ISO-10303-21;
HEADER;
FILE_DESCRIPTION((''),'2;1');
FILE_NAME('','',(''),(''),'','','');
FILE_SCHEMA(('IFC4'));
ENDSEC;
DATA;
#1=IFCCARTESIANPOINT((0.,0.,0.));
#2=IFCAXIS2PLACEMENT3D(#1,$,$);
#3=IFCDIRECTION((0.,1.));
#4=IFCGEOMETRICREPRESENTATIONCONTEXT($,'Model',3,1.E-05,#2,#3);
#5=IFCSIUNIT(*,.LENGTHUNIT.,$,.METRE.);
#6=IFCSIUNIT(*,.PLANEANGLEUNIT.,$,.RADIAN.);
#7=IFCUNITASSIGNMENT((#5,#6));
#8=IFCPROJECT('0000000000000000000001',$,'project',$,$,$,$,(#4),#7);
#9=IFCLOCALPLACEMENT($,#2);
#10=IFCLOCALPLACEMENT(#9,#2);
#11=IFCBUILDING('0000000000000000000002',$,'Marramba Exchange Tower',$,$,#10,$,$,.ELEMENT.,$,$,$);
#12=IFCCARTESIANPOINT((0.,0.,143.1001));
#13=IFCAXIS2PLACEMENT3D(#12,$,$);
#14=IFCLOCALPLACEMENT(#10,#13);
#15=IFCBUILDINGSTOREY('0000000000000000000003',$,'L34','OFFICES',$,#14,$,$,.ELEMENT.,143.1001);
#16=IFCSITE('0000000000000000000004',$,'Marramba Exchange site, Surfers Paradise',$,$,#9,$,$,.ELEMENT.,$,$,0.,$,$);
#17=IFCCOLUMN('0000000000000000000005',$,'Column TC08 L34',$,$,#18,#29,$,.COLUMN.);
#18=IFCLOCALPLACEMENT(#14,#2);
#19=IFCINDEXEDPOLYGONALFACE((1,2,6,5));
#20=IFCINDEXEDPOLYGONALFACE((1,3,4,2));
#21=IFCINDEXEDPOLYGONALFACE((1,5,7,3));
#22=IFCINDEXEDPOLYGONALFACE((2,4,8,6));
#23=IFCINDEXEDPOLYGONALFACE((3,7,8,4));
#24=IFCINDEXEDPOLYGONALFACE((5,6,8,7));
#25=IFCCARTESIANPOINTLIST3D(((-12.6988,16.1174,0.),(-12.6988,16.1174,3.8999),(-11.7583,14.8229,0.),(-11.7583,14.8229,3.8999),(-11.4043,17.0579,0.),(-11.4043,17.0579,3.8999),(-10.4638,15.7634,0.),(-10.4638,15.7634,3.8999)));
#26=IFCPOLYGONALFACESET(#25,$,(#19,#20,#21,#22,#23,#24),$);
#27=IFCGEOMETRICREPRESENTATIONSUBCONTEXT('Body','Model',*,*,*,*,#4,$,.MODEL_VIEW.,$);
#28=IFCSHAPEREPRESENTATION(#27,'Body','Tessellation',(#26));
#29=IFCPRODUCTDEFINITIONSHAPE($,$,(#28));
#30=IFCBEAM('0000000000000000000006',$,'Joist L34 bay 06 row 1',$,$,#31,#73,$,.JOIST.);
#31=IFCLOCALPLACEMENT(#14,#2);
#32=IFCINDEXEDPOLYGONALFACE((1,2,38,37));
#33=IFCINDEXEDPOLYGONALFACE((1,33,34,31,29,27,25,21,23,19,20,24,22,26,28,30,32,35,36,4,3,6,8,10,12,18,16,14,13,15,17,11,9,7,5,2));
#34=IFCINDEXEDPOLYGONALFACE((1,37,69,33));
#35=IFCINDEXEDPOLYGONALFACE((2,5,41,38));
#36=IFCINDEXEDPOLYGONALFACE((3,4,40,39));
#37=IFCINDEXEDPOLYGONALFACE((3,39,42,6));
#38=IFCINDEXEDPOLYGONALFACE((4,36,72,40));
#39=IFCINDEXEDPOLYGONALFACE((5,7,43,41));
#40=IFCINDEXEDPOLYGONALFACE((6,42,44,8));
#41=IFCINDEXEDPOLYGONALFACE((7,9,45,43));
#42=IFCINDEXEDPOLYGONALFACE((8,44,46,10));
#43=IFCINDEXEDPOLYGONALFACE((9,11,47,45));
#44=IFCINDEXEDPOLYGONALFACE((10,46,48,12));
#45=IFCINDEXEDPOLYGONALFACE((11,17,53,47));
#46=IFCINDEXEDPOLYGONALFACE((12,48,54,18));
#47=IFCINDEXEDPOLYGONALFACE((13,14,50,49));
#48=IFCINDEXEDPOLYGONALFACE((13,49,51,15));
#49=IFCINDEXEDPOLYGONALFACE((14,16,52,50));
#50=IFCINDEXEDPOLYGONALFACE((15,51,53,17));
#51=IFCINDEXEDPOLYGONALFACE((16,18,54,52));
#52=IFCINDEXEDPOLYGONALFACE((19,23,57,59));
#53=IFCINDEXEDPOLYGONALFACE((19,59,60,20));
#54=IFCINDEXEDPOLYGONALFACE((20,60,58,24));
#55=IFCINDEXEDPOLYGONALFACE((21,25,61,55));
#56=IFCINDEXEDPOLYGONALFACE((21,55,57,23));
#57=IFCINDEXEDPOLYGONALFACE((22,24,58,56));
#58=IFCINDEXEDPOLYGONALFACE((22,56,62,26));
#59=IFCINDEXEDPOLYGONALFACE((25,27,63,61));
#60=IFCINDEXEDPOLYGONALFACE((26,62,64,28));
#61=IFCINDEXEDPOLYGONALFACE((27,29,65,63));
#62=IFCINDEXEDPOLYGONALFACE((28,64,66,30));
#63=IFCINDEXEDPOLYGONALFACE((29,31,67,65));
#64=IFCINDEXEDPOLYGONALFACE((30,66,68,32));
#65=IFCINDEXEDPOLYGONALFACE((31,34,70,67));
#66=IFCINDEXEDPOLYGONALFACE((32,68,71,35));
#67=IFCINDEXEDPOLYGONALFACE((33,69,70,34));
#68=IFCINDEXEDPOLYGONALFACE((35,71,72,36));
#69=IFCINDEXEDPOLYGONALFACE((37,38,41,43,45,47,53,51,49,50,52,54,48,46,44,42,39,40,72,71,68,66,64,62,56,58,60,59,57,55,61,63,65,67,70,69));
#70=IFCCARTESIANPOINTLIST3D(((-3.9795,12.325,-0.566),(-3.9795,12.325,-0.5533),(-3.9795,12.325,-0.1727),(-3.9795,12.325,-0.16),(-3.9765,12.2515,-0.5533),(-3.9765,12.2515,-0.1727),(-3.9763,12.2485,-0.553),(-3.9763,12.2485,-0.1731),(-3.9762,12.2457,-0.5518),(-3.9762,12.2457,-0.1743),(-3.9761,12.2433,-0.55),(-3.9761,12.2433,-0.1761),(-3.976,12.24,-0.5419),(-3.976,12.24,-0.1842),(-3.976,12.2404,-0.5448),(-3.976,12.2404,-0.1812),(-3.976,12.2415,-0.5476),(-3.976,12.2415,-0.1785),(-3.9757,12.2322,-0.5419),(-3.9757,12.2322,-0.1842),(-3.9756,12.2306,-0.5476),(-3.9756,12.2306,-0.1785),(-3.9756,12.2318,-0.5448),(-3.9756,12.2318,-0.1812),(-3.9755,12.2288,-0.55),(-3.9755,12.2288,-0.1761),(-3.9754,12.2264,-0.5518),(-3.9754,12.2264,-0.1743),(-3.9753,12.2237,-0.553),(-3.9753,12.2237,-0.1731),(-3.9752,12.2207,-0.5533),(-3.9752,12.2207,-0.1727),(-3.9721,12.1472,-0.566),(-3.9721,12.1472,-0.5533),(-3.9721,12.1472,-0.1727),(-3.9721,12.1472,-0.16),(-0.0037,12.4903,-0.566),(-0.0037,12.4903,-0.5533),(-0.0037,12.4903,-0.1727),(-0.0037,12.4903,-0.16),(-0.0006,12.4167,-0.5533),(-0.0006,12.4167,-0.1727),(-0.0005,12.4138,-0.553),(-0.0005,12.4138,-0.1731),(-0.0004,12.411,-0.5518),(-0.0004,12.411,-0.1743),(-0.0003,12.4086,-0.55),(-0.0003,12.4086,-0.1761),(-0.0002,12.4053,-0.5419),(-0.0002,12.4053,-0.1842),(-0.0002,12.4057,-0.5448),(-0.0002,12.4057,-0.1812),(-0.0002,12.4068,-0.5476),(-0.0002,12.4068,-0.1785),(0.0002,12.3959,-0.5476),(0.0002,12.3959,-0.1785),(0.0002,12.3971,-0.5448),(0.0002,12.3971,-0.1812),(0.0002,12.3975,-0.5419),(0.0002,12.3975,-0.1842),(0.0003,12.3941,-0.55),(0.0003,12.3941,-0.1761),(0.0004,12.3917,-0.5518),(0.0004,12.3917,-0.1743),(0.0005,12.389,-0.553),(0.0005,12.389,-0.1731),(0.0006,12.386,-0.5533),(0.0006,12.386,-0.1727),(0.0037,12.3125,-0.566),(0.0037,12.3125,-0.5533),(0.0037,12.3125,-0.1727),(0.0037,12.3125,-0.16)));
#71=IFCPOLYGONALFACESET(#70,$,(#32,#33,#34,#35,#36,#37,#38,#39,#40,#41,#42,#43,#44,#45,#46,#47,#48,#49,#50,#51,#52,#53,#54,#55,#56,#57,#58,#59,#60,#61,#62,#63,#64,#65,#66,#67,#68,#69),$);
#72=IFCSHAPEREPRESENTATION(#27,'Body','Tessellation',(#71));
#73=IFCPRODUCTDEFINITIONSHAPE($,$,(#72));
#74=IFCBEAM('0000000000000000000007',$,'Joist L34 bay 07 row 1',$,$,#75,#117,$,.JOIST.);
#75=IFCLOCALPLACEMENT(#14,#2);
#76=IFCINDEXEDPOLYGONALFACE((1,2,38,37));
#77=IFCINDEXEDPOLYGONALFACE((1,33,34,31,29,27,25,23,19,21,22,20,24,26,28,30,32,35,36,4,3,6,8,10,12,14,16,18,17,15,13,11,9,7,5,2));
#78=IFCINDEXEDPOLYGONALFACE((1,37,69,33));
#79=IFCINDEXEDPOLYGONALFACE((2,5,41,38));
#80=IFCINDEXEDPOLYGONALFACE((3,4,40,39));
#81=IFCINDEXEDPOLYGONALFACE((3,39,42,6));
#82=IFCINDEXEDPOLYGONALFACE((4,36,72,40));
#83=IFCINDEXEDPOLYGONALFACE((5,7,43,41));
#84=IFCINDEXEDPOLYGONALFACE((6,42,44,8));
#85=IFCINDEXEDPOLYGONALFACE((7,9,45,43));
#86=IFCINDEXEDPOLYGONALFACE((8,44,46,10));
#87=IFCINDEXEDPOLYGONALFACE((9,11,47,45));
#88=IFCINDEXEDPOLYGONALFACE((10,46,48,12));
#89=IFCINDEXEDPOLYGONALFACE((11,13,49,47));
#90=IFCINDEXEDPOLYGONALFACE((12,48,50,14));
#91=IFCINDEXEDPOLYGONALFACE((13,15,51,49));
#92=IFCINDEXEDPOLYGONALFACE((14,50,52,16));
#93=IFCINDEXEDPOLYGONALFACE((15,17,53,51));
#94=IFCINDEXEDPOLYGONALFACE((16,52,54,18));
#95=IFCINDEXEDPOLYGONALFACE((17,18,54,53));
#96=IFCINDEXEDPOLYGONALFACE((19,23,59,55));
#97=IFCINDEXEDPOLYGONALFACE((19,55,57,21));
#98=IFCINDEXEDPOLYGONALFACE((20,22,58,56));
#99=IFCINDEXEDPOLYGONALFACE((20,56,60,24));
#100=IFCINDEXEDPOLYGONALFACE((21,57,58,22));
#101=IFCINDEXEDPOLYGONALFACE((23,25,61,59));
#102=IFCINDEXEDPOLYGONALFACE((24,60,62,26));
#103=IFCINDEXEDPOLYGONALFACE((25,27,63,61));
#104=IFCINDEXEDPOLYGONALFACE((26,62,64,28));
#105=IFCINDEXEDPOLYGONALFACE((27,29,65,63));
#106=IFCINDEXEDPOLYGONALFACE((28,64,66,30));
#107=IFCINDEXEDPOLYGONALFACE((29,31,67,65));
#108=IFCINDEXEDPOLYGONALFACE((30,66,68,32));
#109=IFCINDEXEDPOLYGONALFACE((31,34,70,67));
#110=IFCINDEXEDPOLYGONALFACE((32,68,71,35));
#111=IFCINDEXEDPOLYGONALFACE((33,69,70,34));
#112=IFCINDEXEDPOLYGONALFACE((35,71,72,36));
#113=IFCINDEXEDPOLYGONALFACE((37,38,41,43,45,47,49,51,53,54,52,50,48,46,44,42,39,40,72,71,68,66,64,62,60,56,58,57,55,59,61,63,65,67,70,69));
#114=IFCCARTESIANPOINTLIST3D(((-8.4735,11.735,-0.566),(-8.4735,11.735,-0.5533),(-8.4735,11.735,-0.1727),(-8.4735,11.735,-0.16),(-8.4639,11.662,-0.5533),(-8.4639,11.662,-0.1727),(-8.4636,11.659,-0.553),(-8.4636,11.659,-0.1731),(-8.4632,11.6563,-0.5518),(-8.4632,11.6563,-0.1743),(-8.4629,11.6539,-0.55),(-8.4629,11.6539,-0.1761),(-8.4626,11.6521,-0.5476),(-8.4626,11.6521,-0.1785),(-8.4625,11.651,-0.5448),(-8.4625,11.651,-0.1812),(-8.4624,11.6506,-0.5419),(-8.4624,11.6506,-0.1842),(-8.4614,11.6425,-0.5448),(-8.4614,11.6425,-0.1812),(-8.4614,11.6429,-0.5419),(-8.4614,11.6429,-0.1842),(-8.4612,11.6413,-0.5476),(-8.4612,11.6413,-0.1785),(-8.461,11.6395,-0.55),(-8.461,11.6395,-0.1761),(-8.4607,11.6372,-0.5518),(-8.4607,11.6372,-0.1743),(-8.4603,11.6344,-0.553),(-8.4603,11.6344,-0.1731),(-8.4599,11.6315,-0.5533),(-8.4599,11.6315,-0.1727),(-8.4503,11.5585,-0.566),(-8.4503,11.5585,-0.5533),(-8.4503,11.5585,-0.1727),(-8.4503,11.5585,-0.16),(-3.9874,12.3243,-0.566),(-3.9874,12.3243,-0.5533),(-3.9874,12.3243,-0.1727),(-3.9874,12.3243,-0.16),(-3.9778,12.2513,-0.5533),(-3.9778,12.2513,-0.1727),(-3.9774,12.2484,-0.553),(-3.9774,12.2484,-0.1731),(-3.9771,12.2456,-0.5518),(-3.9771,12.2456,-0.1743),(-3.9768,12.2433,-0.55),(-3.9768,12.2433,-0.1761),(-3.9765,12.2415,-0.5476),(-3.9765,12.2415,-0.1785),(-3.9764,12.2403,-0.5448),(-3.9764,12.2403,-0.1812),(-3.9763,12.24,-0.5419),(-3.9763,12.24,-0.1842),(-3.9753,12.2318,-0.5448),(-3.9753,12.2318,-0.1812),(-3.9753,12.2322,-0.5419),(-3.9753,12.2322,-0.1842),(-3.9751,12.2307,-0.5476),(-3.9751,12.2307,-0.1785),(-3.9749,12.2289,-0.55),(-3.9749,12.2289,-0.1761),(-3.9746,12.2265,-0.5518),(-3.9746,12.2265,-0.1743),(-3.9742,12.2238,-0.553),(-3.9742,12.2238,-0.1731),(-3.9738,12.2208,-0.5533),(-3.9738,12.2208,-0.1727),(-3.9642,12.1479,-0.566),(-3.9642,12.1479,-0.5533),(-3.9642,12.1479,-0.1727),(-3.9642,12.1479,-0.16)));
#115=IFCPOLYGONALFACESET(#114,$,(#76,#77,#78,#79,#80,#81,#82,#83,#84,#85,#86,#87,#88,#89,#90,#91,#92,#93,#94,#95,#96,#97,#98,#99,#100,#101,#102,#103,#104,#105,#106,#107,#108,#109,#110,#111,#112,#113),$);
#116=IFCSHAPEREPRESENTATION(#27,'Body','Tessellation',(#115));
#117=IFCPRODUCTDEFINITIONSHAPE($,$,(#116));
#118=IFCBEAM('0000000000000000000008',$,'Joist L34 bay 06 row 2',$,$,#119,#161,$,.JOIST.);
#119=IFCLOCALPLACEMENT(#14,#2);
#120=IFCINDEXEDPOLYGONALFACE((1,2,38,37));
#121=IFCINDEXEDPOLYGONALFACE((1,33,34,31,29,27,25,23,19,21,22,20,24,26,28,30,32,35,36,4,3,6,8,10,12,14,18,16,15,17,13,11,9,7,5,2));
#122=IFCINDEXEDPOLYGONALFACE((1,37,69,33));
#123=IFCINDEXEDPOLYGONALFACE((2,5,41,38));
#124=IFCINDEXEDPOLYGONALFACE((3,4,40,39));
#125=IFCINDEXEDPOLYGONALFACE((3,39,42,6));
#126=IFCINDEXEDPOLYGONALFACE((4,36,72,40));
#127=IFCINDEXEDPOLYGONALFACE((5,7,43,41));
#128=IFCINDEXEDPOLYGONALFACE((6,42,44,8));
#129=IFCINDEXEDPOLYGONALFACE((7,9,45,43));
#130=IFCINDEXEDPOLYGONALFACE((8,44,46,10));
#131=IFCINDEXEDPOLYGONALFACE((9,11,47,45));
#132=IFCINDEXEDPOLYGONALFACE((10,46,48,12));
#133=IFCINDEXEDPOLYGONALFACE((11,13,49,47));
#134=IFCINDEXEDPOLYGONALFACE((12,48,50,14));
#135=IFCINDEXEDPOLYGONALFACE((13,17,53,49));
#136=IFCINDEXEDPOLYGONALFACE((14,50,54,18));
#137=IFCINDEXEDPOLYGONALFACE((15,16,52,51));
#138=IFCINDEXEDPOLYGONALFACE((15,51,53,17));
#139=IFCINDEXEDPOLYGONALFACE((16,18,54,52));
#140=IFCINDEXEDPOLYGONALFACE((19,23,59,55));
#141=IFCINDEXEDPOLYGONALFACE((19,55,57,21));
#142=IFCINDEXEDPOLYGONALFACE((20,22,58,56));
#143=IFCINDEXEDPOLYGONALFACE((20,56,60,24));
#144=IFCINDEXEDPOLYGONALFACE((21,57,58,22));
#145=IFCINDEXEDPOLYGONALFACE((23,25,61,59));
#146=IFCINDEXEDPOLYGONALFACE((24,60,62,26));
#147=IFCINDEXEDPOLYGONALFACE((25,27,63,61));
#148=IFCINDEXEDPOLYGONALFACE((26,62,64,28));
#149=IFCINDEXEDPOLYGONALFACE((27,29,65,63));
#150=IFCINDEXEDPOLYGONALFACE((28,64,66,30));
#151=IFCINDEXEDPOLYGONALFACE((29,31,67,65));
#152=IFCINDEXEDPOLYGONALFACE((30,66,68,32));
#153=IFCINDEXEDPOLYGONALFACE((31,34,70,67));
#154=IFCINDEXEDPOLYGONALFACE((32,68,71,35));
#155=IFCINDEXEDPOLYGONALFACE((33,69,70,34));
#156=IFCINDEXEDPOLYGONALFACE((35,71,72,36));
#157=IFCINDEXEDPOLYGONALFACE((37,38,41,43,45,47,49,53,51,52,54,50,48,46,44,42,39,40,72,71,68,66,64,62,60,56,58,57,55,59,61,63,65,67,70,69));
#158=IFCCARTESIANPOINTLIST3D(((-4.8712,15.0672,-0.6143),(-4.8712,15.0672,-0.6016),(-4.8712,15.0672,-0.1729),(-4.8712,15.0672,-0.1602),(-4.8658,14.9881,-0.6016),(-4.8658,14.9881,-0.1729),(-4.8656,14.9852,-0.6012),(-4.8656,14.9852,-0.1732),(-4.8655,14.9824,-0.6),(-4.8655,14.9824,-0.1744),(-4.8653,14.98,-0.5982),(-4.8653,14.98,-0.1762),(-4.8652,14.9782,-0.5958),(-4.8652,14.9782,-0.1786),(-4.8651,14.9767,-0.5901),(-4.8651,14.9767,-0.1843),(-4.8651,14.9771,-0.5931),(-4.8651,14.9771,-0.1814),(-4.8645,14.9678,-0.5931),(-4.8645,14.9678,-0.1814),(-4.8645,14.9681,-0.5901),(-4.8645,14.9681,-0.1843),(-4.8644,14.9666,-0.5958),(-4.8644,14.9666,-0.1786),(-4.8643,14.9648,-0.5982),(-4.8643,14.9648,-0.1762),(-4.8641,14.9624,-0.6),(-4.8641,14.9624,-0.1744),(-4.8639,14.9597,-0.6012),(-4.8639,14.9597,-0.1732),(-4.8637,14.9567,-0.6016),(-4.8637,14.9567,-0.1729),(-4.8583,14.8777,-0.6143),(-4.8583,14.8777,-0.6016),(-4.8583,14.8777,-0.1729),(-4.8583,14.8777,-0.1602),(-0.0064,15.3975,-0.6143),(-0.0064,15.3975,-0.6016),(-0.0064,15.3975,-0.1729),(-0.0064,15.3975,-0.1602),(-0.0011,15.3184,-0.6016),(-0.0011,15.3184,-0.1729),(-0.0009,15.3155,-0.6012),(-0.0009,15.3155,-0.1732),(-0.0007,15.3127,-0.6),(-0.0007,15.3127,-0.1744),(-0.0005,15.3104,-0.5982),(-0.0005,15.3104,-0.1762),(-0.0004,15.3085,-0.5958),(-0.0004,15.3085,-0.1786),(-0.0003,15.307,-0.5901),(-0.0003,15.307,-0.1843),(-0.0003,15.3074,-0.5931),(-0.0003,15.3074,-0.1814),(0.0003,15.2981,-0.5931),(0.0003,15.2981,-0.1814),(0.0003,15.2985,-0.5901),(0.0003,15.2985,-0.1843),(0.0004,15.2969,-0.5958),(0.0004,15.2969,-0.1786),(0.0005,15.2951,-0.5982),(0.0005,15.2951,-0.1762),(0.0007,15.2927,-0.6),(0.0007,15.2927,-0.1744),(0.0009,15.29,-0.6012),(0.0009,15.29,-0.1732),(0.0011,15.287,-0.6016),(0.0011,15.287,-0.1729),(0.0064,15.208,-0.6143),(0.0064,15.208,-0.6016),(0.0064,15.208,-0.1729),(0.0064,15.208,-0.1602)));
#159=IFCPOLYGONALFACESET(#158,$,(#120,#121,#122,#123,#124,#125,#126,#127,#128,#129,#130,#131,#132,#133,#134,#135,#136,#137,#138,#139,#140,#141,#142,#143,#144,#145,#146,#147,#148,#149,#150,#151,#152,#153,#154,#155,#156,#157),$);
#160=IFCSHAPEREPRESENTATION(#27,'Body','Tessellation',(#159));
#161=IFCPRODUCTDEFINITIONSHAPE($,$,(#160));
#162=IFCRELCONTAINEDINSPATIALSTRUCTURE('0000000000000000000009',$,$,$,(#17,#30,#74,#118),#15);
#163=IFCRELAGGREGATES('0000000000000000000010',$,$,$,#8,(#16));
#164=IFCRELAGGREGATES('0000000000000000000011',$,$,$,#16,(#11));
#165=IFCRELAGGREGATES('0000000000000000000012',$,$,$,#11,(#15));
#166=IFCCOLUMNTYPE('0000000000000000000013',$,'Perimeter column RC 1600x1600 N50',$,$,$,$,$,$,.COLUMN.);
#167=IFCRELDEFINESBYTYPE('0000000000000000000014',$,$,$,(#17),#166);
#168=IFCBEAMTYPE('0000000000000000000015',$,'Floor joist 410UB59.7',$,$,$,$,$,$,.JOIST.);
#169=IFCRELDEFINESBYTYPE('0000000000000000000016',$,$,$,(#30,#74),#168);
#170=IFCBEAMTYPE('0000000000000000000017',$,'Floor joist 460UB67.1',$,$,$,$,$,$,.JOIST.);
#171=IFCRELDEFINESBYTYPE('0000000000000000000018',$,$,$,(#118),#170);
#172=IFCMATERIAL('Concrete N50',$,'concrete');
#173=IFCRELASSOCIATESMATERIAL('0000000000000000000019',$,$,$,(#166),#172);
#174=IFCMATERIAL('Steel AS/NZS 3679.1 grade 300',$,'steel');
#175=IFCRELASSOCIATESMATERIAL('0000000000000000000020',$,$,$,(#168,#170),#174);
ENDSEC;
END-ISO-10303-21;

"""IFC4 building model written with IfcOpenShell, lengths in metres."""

from ifc_helpers import new_model, si_unit, direction, frame, origin, origin_2d, place, context, subcontext, project, spatial, rectangle, i_section, extrude, material, material_profile, profile_set, type_object, element, save


model = new_model("IFC4")

# Units and contexts
model_context = context("Model", 3, precision=1e-05, world=origin(), true_north=direction((0.0, 1.0)))
body_context = subcontext(model_context, "Body", "Model", "MODEL_VIEW")
ifc_project = project(units=[si_unit("LENGTHUNIT", "METRE"), si_unit("PLANEANGLEUNIT", "RADIAN")], contexts=[model_context])

# Site, building, storey
site_placement = place(None, origin())
site = spatial("IfcSite", under=ifc_project, at=site_placement, Name="Marramba Exchange site, Surfers Paradise", CompositionType="ELEMENT", RefElevation=0.0)
building_placement = place(site_placement, origin())
building = spatial("IfcBuilding", under=site, at=building_placement, Name="Marramba Exchange Tower", CompositionType="ELEMENT")
storey_placement = place(building_placement, frame((0.0, 0.0, 143.1001)))
storey = spatial("IfcBuildingStorey", under=building, at=storey_placement, Name="L34", Description="OFFICES", CompositionType="ELEMENT", Elevation=143.1001)

# Column
ifc_material_1 = material(Name="Concrete N50", Category="concrete")
ifc_material_profile_1 = material_profile(ifc_material_1, rectangle(XDim=1.6001, YDim=1.6001, at=origin_2d()), Name="RC 1600x1600")
ifc_profile_set_1 = profile_set([ifc_material_profile_1], Name="Concrete N50")
column_type = type_object("IfcColumnType", Name="Perimeter column RC 1600x1600 N50", PredefinedType="COLUMN", material=ifc_profile_set_1)
column_placement = place(storey_placement, frame((-11.5813, 15.9404, 0.0), z_axis=(0.0, 0.0, 1.0), x_axis=(-0.587785, 0.809017, 0.0)))
element("IfcColumn", 1, at=column_placement, inside=storey, type_object=column_type, Name="Column TC08 L34", PredefinedType="COLUMN", context=body_context, shape_type="SweptSolid", body=[
    extrude(rectangle(XDim=1.6001, YDim=1.6001, at=origin_2d()), origin(), (0.0, 0.0, 1.0), 3.8999),
])

# Beams
ifc_material_2 = material(Name="Steel AS/NZS 3679.1 grade 300", Category="steel")
ifc_material_profile_2 = material_profile(ifc_material_2, i_section(OverallWidth=0.178, OverallDepth=0.406, WebThickness=0.0078, FlangeThickness=0.0127, FilletRadius=0.0115, at=origin_2d()), Name="410UB59.7")
ifc_profile_set_2 = profile_set([ifc_material_profile_2], Name="Steel AS/NZS 3679.1 grade 300")
beam_type_1 = type_object("IfcBeamType", Name="Floor joist 410UB59.7", PredefinedType="JOIST", material=ifc_profile_set_2)
beam_1_placement = place(storey_placement, frame((0.0, 12.4014, -0.363), z_axis=(-0.999137, -0.041536, 0.0), x_axis=(0.041536, -0.999137, 0.0)))
element("IfcBeam", 2, at=beam_1_placement, inside=storey, type_object=beam_type_1, Name="Joist L34 bay 06 row 1", PredefinedType="JOIST", context=body_context, shape_type="SweptSolid", body=[
    extrude(i_section(OverallWidth=0.178, OverallDepth=0.406, WebThickness=0.0078, FlangeThickness=0.0127, FilletRadius=0.0115, at=origin_2d()), origin(), (0.0, 0.0, 1.0), 3.9792),
])
beam_2_placement = place(storey_placement, frame((-3.9758, 12.2361, -0.363), z_axis=(-0.991481, -0.130255, 0.0), x_axis=(0.130255, -0.991481, 0.0)))
element("IfcBeam", 3, at=beam_2_placement, inside=storey, type_object=beam_type_1, Name="Joist L34 bay 07 row 1", PredefinedType="JOIST", context=body_context, shape_type="SweptSolid", body=[
    extrude(i_section(OverallWidth=0.178, OverallDepth=0.406, WebThickness=0.0078, FlangeThickness=0.0127, FilletRadius=0.0115, at=origin_2d()), origin(), (0.0, 0.0, 1.0), 4.5247),
])
ifc_material_profile_3 = material_profile(ifc_material_2, i_section(OverallWidth=0.1899, OverallDepth=0.4541, WebThickness=0.0085, FlangeThickness=0.0127, FilletRadius=0.0115, at=origin_2d()), Name="460UB67.1")
ifc_profile_set_3 = profile_set([ifc_material_profile_3], Name="Steel AS/NZS 3679.1 grade 300")
beam_type_2 = type_object("IfcBeamType", Name="Floor joist 460UB67.1", PredefinedType="JOIST", material=ifc_profile_set_3)
beam_3_placement = place(storey_placement, frame((0.0, 15.3027, -0.3872), z_axis=(-0.997703, -0.067745, 0.0), x_axis=(0.067745, -0.997703, 0.0)))
element("IfcBeam", 4, at=beam_3_placement, inside=storey, type_object=beam_type_2, Name="Joist L34 bay 06 row 2", PredefinedType="JOIST", context=body_context, shape_type="SweptSolid", body=[
    extrude(i_section(OverallWidth=0.1899, OverallDepth=0.4541, WebThickness=0.0085, FlangeThickness=0.0127, FilletRadius=0.0115, at=origin_2d()), origin(), (0.0, 0.0, 1.0), 4.876),
])

save(model, "model.ifc")
